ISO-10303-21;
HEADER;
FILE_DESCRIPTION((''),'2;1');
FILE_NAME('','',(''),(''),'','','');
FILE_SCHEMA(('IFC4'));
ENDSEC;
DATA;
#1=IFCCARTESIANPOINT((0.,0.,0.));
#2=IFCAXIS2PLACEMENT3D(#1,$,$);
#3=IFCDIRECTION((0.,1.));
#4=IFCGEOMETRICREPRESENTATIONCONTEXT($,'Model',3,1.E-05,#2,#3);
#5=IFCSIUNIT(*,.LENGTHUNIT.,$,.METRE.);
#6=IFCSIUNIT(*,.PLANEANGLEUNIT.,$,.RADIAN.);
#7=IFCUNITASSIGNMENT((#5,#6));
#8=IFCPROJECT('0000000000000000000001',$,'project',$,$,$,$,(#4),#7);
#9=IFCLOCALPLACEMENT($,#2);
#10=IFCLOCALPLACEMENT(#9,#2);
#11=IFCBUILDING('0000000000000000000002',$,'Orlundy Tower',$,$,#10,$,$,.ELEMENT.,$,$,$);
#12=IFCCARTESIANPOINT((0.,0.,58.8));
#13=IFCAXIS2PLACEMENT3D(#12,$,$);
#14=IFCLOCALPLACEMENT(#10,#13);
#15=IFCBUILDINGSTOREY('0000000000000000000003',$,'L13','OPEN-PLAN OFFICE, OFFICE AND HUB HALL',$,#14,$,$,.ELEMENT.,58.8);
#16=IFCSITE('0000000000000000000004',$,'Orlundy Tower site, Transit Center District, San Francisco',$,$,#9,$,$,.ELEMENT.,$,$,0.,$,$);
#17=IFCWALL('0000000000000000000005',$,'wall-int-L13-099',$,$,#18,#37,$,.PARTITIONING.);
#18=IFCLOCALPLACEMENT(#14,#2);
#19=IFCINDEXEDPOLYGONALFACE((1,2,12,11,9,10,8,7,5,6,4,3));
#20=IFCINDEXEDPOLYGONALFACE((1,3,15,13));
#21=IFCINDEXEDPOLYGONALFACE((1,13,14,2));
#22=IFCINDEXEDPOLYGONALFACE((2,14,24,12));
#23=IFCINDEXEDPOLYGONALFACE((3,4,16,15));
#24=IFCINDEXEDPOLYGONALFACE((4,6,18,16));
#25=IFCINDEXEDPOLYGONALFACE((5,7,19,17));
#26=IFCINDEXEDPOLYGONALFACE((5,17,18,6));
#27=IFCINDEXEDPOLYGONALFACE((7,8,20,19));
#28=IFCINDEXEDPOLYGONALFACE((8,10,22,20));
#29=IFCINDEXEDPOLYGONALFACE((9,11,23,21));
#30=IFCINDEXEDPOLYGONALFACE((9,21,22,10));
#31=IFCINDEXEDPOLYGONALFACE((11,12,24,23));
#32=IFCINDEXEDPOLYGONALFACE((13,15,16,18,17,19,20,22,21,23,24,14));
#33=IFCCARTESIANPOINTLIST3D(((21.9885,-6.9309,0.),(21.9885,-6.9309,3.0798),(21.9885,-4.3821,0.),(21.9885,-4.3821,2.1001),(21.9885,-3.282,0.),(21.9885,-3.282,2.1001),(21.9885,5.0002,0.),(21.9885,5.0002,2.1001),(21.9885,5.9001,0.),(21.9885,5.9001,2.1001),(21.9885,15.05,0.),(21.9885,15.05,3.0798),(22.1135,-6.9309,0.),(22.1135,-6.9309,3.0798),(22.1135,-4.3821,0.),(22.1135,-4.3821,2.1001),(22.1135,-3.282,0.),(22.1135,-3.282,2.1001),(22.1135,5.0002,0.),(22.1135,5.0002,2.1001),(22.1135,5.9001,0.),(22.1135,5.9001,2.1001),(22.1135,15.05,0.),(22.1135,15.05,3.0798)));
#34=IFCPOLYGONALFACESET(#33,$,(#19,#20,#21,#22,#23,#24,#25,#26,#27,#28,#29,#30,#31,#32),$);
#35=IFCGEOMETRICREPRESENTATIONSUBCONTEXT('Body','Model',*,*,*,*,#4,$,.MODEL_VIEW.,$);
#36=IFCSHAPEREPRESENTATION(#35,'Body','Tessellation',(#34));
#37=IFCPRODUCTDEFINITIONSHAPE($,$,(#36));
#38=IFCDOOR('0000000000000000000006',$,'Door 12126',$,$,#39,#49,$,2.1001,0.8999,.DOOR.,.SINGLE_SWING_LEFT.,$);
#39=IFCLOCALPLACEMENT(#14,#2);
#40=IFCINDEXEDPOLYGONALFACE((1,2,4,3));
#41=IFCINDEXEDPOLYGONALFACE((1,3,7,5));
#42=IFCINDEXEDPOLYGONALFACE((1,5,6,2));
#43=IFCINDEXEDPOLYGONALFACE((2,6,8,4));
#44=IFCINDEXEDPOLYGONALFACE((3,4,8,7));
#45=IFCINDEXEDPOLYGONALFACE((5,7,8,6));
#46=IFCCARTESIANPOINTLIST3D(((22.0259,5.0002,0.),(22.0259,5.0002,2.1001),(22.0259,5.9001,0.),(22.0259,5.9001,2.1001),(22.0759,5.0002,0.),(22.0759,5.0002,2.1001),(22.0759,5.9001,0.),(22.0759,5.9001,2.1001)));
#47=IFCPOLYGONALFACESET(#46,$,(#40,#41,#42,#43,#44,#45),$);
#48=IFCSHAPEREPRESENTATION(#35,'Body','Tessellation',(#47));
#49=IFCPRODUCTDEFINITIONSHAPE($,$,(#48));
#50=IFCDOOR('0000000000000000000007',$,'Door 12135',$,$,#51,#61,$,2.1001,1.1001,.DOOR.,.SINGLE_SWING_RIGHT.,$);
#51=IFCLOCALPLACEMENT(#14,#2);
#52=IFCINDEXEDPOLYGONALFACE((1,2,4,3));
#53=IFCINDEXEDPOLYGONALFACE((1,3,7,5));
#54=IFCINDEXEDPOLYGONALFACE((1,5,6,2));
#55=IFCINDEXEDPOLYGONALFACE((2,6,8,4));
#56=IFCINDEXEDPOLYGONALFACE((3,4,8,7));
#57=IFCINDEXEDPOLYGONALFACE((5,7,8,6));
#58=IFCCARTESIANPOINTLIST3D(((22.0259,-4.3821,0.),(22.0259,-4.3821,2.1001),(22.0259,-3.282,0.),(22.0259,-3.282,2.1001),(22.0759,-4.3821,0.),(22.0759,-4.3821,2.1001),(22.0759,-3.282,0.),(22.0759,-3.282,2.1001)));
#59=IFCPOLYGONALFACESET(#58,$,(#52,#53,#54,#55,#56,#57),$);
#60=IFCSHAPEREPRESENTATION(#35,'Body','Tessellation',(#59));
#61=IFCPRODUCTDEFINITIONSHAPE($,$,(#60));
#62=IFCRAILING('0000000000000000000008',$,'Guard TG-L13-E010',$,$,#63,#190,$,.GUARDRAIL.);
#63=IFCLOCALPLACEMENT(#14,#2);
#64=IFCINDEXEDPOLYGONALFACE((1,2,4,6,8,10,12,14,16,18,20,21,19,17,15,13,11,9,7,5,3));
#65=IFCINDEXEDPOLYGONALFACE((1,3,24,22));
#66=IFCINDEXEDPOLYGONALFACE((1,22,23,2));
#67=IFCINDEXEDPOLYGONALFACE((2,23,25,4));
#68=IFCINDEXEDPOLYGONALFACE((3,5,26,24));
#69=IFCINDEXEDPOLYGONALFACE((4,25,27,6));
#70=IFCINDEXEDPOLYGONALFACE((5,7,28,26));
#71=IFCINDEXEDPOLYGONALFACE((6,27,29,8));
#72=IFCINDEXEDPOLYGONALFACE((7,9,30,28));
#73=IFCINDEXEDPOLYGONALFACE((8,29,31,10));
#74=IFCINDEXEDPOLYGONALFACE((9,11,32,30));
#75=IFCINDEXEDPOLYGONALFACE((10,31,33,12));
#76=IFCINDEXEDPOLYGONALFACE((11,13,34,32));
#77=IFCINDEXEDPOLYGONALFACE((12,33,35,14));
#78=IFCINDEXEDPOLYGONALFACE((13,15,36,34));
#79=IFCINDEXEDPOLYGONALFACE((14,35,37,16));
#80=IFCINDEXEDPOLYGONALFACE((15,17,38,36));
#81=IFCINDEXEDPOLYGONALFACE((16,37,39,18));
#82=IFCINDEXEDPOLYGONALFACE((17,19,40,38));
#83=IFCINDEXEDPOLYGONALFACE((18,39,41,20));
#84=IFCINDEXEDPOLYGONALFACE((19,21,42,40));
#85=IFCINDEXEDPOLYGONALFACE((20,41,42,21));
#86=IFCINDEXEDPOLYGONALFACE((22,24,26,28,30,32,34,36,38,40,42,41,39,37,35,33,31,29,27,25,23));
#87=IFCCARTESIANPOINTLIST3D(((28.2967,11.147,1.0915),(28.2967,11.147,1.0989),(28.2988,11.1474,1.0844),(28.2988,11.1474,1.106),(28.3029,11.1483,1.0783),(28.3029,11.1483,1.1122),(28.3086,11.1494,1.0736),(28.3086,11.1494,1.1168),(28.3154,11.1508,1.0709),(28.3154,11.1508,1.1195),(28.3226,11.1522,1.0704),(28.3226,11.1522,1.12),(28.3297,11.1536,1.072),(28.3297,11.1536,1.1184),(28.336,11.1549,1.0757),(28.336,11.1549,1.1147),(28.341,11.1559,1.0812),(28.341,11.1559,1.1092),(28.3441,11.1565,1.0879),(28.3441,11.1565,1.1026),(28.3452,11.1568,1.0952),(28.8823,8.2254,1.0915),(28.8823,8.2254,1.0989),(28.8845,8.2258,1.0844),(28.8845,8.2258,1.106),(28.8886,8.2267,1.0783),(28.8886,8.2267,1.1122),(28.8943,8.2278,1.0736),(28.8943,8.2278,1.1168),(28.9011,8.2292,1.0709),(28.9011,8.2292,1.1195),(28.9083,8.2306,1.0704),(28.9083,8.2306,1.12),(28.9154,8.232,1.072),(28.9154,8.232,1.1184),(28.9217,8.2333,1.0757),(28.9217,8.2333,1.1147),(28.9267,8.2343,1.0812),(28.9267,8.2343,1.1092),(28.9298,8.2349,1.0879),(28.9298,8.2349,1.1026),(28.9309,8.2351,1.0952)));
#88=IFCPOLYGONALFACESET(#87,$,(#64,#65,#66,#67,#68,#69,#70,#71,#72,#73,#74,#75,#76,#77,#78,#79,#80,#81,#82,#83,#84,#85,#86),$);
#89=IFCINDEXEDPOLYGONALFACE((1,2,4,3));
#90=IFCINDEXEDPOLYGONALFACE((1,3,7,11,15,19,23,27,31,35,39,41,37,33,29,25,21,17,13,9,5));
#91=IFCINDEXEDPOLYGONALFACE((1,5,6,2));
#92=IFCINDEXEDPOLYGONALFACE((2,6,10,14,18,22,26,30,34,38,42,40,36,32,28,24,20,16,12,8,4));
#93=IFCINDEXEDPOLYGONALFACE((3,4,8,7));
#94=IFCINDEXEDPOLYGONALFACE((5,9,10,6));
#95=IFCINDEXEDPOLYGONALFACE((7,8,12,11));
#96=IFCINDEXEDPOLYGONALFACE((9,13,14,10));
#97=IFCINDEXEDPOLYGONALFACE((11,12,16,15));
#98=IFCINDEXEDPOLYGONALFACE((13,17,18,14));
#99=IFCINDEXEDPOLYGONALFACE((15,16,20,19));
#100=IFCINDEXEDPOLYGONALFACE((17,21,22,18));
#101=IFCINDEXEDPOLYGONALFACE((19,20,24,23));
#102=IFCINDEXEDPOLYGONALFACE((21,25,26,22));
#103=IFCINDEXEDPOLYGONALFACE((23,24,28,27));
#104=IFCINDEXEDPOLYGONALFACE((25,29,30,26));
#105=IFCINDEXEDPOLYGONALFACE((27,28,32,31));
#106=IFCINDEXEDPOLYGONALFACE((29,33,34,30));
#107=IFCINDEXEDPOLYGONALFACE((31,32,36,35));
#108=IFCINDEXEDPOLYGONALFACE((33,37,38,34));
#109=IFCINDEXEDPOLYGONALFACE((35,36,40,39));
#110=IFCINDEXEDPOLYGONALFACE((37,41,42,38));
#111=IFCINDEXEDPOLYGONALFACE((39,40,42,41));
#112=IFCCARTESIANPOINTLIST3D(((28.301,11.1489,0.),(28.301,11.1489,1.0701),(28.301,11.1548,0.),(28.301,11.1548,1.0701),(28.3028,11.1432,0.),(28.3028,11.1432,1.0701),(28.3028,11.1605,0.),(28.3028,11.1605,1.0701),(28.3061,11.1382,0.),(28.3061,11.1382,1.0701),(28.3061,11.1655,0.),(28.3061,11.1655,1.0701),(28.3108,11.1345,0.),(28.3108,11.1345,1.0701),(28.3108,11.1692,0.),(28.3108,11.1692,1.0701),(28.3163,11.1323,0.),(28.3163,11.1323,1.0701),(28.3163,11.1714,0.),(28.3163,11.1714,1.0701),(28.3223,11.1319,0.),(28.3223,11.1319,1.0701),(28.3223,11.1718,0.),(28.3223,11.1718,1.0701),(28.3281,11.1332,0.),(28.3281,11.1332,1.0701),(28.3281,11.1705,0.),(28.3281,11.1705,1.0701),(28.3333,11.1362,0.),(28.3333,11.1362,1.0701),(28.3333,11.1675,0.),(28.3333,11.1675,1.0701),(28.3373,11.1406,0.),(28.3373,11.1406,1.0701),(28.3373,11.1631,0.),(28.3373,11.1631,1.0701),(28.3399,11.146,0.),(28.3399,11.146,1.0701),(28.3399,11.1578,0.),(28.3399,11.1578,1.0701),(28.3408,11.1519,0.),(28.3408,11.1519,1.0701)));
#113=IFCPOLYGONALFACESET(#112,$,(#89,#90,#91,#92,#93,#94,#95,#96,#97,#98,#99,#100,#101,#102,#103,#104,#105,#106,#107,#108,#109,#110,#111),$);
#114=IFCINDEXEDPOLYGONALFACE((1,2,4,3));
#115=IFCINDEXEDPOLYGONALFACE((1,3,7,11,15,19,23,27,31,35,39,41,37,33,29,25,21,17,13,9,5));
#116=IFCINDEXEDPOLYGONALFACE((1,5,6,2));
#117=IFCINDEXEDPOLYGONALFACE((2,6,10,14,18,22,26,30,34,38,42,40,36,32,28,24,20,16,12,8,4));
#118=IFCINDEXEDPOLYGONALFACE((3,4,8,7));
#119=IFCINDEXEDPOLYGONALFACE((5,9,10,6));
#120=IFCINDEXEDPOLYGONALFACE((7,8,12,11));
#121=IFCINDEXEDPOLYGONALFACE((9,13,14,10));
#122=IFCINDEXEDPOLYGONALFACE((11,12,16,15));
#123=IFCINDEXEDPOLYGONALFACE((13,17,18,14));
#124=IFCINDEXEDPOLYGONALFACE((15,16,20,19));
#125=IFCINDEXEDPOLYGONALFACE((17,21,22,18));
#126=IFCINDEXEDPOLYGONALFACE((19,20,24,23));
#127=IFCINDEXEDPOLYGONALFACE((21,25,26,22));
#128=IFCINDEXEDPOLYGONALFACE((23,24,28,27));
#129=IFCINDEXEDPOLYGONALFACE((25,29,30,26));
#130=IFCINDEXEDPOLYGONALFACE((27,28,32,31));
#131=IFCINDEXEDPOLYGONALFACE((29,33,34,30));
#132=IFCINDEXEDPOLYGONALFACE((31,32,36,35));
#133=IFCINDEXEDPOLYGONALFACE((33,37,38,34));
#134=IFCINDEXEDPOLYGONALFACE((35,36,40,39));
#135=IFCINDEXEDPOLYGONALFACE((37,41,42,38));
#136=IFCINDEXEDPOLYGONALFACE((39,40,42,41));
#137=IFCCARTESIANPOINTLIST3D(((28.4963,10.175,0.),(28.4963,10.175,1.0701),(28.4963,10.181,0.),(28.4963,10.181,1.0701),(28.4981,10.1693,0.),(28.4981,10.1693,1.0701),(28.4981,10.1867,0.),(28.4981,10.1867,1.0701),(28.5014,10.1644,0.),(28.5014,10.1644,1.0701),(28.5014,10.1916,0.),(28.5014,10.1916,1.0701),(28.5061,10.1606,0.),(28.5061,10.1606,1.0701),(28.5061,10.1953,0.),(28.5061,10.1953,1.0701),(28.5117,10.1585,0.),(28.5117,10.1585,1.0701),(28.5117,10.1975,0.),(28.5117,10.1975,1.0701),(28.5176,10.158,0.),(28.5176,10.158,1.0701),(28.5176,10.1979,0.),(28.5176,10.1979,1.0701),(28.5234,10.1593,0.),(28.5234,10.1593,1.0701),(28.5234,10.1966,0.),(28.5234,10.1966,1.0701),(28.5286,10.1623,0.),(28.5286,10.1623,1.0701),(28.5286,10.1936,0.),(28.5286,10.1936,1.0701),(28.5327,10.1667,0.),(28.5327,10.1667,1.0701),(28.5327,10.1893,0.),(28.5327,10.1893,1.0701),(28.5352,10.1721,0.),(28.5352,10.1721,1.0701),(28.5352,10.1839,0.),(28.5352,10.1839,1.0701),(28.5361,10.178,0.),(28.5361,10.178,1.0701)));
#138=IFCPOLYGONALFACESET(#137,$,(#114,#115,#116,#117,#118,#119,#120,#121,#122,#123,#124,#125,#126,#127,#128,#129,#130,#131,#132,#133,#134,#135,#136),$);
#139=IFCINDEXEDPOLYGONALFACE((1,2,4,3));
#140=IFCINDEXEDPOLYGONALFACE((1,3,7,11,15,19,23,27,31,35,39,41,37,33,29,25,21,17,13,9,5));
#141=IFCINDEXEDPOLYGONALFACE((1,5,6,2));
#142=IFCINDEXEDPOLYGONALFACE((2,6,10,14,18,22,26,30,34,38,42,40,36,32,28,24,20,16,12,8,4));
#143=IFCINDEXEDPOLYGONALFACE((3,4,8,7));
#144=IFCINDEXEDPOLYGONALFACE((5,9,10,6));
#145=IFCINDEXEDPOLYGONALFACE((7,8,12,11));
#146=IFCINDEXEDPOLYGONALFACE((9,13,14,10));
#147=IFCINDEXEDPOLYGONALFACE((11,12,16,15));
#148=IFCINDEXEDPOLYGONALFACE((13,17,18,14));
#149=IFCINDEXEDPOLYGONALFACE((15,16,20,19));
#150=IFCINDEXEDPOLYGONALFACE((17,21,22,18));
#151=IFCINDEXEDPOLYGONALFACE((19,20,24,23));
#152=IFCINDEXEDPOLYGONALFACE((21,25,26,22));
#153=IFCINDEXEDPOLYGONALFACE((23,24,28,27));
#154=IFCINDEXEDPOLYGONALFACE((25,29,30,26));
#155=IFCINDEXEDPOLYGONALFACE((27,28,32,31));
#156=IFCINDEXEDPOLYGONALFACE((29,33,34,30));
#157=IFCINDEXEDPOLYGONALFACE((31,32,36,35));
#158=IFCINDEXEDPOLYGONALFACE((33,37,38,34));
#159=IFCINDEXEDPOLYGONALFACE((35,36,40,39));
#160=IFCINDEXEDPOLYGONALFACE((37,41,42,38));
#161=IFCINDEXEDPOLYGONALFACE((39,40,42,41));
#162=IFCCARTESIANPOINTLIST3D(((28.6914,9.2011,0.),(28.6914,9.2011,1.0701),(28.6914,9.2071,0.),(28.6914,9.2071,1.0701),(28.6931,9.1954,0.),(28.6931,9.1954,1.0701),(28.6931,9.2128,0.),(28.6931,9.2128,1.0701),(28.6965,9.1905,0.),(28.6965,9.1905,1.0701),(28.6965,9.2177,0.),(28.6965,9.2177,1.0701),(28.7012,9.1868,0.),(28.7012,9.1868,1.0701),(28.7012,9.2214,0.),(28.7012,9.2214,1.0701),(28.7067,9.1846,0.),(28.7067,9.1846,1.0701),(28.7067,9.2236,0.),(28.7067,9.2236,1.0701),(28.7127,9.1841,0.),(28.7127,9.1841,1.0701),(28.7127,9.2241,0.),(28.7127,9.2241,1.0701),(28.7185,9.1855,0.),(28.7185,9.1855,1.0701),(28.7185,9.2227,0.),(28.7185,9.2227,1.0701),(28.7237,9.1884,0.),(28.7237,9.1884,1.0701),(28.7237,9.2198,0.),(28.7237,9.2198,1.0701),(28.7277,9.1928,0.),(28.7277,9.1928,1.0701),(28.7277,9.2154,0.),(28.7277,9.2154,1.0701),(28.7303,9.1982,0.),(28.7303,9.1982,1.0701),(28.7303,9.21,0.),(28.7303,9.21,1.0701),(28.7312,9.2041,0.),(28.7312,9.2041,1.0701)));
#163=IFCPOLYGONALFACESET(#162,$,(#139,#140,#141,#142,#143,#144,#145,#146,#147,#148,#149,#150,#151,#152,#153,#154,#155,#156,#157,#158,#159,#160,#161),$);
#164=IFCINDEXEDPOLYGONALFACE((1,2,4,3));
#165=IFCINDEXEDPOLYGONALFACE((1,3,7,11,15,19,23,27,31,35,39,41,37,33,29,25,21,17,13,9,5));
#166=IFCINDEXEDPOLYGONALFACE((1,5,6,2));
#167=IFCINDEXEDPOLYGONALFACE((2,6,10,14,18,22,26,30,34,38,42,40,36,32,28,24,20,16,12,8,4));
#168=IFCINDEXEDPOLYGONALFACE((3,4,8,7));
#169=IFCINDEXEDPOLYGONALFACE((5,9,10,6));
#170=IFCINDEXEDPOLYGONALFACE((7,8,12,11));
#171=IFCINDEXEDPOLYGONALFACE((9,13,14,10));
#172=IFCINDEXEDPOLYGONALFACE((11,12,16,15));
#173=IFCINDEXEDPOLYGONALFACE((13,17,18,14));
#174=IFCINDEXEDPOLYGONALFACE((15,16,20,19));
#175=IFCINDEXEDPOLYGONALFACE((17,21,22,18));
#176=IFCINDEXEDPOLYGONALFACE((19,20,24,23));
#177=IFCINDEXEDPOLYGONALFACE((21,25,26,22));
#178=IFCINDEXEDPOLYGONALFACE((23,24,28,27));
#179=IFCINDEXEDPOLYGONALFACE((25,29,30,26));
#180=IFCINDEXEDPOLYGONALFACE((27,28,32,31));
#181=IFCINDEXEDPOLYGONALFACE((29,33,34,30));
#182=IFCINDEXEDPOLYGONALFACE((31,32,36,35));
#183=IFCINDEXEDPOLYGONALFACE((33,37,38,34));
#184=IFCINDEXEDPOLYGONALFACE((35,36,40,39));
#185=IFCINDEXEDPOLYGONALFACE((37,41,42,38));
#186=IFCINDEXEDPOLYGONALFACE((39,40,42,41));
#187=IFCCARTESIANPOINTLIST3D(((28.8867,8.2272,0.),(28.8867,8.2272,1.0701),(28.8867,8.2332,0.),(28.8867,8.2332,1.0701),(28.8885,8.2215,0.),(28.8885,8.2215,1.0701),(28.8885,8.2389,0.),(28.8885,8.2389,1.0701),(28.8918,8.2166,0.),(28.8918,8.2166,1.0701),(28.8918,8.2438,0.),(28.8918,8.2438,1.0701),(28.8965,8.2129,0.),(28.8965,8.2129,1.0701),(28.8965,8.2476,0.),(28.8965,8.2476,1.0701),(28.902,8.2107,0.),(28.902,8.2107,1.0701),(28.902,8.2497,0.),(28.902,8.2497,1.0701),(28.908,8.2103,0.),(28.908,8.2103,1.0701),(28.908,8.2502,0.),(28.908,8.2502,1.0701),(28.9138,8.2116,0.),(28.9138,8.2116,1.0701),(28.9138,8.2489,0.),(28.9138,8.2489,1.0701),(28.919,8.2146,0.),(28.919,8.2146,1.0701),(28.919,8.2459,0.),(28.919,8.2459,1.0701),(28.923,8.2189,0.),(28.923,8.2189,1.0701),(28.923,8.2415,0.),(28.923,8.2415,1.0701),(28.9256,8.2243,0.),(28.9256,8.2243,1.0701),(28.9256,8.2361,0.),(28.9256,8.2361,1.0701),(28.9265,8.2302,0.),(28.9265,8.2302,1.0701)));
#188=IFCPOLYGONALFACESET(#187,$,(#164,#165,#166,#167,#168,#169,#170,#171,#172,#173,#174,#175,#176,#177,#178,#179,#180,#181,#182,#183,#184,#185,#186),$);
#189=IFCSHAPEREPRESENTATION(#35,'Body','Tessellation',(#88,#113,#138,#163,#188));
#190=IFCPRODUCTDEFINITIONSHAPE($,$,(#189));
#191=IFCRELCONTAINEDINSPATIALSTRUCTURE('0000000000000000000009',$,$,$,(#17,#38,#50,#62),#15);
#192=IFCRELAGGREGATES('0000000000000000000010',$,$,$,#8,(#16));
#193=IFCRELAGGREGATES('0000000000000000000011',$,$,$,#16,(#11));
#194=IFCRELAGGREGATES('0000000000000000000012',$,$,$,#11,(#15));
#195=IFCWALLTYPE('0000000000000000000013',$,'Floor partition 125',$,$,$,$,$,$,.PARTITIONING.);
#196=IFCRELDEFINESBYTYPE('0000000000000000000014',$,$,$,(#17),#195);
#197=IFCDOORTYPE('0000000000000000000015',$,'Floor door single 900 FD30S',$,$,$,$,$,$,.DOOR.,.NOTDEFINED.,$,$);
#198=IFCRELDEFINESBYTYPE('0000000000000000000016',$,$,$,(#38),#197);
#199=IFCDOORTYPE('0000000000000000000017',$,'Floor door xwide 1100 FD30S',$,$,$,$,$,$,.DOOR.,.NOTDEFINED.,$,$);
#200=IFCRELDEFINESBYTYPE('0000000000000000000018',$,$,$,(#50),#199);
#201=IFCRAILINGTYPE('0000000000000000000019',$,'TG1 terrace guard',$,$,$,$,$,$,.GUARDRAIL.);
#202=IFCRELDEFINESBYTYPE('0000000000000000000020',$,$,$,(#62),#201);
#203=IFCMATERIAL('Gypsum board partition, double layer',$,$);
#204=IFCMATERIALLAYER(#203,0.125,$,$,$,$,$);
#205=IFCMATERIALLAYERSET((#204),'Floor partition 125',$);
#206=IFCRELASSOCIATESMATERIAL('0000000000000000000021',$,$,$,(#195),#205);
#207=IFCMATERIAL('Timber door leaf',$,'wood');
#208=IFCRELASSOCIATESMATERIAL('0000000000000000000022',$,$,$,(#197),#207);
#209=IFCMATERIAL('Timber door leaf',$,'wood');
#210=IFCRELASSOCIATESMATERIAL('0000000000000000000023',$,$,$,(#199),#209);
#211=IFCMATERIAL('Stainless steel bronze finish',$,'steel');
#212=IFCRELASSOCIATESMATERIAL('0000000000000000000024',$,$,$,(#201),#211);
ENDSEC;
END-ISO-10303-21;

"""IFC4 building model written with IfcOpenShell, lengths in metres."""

from ifc_helpers import new_model, si_unit, direction, frame, frame_2d, origin, origin_2d, place, context, subcontext, project, spatial, rectangle, circle, extrude, material, layer, layer_set, type_object, element, fill, save


model = new_model("IFC4")

# Units and contexts
model_context = context("Model", 3, precision=1e-05, world=origin(), true_north=direction((0.0, 1.0)))
body_context = subcontext(model_context, "Body", "Model", "MODEL_VIEW")
ifc_project = project(units=[si_unit("LENGTHUNIT", "METRE"), si_unit("PLANEANGLEUNIT", "RADIAN")], contexts=[model_context])

# Site, building, storey
site_placement = place(None, origin())
site = spatial("IfcSite", under=ifc_project, at=site_placement, Name="Orlundy Tower site, Transit Center District, San Francisco", CompositionType="ELEMENT", RefElevation=0.0)
building_placement = place(site_placement, origin())
building = spatial("IfcBuilding", under=site, at=building_placement, Name="Orlundy Tower", CompositionType="ELEMENT")
storey_placement = place(building_placement, frame((0.0, 0.0, 58.8)))
storey = spatial("IfcBuildingStorey", under=building, at=storey_placement, Name="L13", Description="OPEN-PLAN OFFICE, OFFICE AND HUB HALL", CompositionType="ELEMENT", Elevation=58.8)

# Shared definitions
ifc_material_1 = material(Name="Gypsum board partition, double layer")
ifc_layer_1 = layer(ifc_material_1, 0.125)
ifc_layer_set_1 = layer_set([ifc_layer_1], Name="Floor partition 125")
wall_type_1 = type_object("IfcWallType", Name="Floor partition 125", PredefinedType="PARTITIONING", material=ifc_layer_set_1)

# Shared definitions
ifc_material_2 = material(Name="Timber door leaf", Category="wood")
door_type_1 = type_object("IfcDoorType", Name="Floor door single 900 FD30S", OperationType="NOTDEFINED", PredefinedType="DOOR", material=ifc_material_2)

# Wall, openings, doors
wall_1_placement = place(storey_placement, frame((22.051, 15.05, 0.0), z_axis=(0.0, 0.0, 1.0), x_axis=(0.0, -1.0, 0.0)))
wall_1 = element("IfcWall", 1, at=wall_1_placement, inside=storey, type_object=wall_type_1, Name="wall-int-L13-099", PredefinedType="PARTITIONING", context=body_context, shape_type="SweptSolid", body=[
    extrude(rectangle(XDim=21.981, YDim=0.125, at=frame_2d((10.9905, 0.0))), origin(), (0.0, 0.0, 1.0), 3.0798),
])
opening_1_placement = place(wall_1_placement, frame((9.1499, 0.0, 0.0)))
opening_1 = element("IfcOpeningElement", 2, at=opening_1_placement, cuts=wall_1, PredefinedType="OPENING", context=body_context, shape_type="SweptSolid", body=[
    extrude(rectangle(XDim=0.8999, YDim=2.1001, at=frame_2d((0.45, 1.05))), frame((0.0, 0.0725, 0.0), z_axis=(0.0, -1.0, 0.0), x_axis=(1.0, 0.0, 0.0)), (0.0, 0.0, 1.0), 0.145),
])
opening_2_placement = place(wall_1_placement, frame((18.332, 0.0, 0.0)))
opening_2 = element("IfcOpeningElement", 3, at=opening_2_placement, cuts=wall_1, PredefinedType="OPENING", context=body_context, shape_type="SweptSolid", body=[
    extrude(rectangle(XDim=1.1001, YDim=2.1001, at=frame_2d((0.55, 1.05))), frame((0.0, 0.0725, 0.0), z_axis=(0.0, -1.0, 0.0), x_axis=(1.0, 0.0, 0.0)), (0.0, 0.0, 1.0), 0.145),
])
door_1_placement = place(opening_1_placement, origin())
door_1 = element("IfcDoor", 4, at=door_1_placement, inside=storey, type_object=door_type_1, Name="Door 12126", OperationType="SINGLE_SWING_LEFT", OverallHeight=2.1001, OverallWidth=0.8999, PredefinedType="DOOR", context=body_context, shape_type="SweptSolid", body=[
    extrude(rectangle(XDim=0.8999, YDim=2.1001, at=frame_2d((0.45, 1.05))), frame((0.0, 0.0249, 0.0), z_axis=(0.0, -1.0, 0.0), x_axis=(1.0, 0.0, 0.0)), (0.0, 0.0, 1.0), 0.05),
])
fill(opening_1, door_1)
ifc_material_3 = material(Name="Timber door leaf", Category="wood")
door_type_2 = type_object("IfcDoorType", Name="Floor door xwide 1100 FD30S", OperationType="NOTDEFINED", PredefinedType="DOOR", material=ifc_material_3)
door_2_placement = place(opening_2_placement, origin())
door_2 = element("IfcDoor", 5, at=door_2_placement, inside=storey, type_object=door_type_2, Name="Door 12135", OperationType="SINGLE_SWING_RIGHT", OverallHeight=2.1001, OverallWidth=1.1001, PredefinedType="DOOR", context=body_context, shape_type="SweptSolid", body=[
    extrude(rectangle(XDim=1.1001, YDim=2.1001, at=frame_2d((0.55, 1.05))), frame((0.0, 0.0249, 0.0), z_axis=(0.0, -1.0, 0.0), x_axis=(1.0, 0.0, 0.0)), (0.0, 0.0, 1.0), 0.05),
])
fill(opening_2, door_2)

# Railing
ifc_material_4 = material(Name="Stainless steel bronze finish", Category="steel")
railing_type = type_object("IfcRailingType", Name="TG1 terrace guard", PredefinedType="GUARDRAIL", material=ifc_material_4)
railing_1_placement = place(storey_placement, frame((28.3208, 11.1519, 0.0)))
element("IfcRailing", 6, at=railing_1_placement, inside=storey, type_object=railing_type, Name="Guard TG-L13-E010", PredefinedType="GUARDRAIL", context=body_context, shape_type="SweptSolid", body=[
    extrude(circle(Radius=0.0249, at=origin_2d()), frame((0.0, 0.0, 1.0952), z_axis=(0.196557, -0.980492, 0.0), x_axis=(0.980492, 0.196557, 0.0)), (0.0, 0.0, 1.0), 2.9797),
    extrude(circle(Radius=0.02, at=origin_2d()), origin(), (0.0, 0.0, 1.0), 1.0701),
    extrude(circle(Radius=0.02, at=origin_2d()), frame((0.1953, -0.9739, 0.0)), (0.0, 0.0, 1.0), 1.0701),
    extrude(circle(Radius=0.02, at=origin_2d()), frame((0.3904, -1.9478, 0.0)), (0.0, 0.0, 1.0), 1.0701),
    extrude(circle(Radius=0.02, at=origin_2d()), frame((0.5857, -2.9216, 0.0)), (0.0, 0.0, 1.0), 1.0701),
])

save(model, "model.ifc")
